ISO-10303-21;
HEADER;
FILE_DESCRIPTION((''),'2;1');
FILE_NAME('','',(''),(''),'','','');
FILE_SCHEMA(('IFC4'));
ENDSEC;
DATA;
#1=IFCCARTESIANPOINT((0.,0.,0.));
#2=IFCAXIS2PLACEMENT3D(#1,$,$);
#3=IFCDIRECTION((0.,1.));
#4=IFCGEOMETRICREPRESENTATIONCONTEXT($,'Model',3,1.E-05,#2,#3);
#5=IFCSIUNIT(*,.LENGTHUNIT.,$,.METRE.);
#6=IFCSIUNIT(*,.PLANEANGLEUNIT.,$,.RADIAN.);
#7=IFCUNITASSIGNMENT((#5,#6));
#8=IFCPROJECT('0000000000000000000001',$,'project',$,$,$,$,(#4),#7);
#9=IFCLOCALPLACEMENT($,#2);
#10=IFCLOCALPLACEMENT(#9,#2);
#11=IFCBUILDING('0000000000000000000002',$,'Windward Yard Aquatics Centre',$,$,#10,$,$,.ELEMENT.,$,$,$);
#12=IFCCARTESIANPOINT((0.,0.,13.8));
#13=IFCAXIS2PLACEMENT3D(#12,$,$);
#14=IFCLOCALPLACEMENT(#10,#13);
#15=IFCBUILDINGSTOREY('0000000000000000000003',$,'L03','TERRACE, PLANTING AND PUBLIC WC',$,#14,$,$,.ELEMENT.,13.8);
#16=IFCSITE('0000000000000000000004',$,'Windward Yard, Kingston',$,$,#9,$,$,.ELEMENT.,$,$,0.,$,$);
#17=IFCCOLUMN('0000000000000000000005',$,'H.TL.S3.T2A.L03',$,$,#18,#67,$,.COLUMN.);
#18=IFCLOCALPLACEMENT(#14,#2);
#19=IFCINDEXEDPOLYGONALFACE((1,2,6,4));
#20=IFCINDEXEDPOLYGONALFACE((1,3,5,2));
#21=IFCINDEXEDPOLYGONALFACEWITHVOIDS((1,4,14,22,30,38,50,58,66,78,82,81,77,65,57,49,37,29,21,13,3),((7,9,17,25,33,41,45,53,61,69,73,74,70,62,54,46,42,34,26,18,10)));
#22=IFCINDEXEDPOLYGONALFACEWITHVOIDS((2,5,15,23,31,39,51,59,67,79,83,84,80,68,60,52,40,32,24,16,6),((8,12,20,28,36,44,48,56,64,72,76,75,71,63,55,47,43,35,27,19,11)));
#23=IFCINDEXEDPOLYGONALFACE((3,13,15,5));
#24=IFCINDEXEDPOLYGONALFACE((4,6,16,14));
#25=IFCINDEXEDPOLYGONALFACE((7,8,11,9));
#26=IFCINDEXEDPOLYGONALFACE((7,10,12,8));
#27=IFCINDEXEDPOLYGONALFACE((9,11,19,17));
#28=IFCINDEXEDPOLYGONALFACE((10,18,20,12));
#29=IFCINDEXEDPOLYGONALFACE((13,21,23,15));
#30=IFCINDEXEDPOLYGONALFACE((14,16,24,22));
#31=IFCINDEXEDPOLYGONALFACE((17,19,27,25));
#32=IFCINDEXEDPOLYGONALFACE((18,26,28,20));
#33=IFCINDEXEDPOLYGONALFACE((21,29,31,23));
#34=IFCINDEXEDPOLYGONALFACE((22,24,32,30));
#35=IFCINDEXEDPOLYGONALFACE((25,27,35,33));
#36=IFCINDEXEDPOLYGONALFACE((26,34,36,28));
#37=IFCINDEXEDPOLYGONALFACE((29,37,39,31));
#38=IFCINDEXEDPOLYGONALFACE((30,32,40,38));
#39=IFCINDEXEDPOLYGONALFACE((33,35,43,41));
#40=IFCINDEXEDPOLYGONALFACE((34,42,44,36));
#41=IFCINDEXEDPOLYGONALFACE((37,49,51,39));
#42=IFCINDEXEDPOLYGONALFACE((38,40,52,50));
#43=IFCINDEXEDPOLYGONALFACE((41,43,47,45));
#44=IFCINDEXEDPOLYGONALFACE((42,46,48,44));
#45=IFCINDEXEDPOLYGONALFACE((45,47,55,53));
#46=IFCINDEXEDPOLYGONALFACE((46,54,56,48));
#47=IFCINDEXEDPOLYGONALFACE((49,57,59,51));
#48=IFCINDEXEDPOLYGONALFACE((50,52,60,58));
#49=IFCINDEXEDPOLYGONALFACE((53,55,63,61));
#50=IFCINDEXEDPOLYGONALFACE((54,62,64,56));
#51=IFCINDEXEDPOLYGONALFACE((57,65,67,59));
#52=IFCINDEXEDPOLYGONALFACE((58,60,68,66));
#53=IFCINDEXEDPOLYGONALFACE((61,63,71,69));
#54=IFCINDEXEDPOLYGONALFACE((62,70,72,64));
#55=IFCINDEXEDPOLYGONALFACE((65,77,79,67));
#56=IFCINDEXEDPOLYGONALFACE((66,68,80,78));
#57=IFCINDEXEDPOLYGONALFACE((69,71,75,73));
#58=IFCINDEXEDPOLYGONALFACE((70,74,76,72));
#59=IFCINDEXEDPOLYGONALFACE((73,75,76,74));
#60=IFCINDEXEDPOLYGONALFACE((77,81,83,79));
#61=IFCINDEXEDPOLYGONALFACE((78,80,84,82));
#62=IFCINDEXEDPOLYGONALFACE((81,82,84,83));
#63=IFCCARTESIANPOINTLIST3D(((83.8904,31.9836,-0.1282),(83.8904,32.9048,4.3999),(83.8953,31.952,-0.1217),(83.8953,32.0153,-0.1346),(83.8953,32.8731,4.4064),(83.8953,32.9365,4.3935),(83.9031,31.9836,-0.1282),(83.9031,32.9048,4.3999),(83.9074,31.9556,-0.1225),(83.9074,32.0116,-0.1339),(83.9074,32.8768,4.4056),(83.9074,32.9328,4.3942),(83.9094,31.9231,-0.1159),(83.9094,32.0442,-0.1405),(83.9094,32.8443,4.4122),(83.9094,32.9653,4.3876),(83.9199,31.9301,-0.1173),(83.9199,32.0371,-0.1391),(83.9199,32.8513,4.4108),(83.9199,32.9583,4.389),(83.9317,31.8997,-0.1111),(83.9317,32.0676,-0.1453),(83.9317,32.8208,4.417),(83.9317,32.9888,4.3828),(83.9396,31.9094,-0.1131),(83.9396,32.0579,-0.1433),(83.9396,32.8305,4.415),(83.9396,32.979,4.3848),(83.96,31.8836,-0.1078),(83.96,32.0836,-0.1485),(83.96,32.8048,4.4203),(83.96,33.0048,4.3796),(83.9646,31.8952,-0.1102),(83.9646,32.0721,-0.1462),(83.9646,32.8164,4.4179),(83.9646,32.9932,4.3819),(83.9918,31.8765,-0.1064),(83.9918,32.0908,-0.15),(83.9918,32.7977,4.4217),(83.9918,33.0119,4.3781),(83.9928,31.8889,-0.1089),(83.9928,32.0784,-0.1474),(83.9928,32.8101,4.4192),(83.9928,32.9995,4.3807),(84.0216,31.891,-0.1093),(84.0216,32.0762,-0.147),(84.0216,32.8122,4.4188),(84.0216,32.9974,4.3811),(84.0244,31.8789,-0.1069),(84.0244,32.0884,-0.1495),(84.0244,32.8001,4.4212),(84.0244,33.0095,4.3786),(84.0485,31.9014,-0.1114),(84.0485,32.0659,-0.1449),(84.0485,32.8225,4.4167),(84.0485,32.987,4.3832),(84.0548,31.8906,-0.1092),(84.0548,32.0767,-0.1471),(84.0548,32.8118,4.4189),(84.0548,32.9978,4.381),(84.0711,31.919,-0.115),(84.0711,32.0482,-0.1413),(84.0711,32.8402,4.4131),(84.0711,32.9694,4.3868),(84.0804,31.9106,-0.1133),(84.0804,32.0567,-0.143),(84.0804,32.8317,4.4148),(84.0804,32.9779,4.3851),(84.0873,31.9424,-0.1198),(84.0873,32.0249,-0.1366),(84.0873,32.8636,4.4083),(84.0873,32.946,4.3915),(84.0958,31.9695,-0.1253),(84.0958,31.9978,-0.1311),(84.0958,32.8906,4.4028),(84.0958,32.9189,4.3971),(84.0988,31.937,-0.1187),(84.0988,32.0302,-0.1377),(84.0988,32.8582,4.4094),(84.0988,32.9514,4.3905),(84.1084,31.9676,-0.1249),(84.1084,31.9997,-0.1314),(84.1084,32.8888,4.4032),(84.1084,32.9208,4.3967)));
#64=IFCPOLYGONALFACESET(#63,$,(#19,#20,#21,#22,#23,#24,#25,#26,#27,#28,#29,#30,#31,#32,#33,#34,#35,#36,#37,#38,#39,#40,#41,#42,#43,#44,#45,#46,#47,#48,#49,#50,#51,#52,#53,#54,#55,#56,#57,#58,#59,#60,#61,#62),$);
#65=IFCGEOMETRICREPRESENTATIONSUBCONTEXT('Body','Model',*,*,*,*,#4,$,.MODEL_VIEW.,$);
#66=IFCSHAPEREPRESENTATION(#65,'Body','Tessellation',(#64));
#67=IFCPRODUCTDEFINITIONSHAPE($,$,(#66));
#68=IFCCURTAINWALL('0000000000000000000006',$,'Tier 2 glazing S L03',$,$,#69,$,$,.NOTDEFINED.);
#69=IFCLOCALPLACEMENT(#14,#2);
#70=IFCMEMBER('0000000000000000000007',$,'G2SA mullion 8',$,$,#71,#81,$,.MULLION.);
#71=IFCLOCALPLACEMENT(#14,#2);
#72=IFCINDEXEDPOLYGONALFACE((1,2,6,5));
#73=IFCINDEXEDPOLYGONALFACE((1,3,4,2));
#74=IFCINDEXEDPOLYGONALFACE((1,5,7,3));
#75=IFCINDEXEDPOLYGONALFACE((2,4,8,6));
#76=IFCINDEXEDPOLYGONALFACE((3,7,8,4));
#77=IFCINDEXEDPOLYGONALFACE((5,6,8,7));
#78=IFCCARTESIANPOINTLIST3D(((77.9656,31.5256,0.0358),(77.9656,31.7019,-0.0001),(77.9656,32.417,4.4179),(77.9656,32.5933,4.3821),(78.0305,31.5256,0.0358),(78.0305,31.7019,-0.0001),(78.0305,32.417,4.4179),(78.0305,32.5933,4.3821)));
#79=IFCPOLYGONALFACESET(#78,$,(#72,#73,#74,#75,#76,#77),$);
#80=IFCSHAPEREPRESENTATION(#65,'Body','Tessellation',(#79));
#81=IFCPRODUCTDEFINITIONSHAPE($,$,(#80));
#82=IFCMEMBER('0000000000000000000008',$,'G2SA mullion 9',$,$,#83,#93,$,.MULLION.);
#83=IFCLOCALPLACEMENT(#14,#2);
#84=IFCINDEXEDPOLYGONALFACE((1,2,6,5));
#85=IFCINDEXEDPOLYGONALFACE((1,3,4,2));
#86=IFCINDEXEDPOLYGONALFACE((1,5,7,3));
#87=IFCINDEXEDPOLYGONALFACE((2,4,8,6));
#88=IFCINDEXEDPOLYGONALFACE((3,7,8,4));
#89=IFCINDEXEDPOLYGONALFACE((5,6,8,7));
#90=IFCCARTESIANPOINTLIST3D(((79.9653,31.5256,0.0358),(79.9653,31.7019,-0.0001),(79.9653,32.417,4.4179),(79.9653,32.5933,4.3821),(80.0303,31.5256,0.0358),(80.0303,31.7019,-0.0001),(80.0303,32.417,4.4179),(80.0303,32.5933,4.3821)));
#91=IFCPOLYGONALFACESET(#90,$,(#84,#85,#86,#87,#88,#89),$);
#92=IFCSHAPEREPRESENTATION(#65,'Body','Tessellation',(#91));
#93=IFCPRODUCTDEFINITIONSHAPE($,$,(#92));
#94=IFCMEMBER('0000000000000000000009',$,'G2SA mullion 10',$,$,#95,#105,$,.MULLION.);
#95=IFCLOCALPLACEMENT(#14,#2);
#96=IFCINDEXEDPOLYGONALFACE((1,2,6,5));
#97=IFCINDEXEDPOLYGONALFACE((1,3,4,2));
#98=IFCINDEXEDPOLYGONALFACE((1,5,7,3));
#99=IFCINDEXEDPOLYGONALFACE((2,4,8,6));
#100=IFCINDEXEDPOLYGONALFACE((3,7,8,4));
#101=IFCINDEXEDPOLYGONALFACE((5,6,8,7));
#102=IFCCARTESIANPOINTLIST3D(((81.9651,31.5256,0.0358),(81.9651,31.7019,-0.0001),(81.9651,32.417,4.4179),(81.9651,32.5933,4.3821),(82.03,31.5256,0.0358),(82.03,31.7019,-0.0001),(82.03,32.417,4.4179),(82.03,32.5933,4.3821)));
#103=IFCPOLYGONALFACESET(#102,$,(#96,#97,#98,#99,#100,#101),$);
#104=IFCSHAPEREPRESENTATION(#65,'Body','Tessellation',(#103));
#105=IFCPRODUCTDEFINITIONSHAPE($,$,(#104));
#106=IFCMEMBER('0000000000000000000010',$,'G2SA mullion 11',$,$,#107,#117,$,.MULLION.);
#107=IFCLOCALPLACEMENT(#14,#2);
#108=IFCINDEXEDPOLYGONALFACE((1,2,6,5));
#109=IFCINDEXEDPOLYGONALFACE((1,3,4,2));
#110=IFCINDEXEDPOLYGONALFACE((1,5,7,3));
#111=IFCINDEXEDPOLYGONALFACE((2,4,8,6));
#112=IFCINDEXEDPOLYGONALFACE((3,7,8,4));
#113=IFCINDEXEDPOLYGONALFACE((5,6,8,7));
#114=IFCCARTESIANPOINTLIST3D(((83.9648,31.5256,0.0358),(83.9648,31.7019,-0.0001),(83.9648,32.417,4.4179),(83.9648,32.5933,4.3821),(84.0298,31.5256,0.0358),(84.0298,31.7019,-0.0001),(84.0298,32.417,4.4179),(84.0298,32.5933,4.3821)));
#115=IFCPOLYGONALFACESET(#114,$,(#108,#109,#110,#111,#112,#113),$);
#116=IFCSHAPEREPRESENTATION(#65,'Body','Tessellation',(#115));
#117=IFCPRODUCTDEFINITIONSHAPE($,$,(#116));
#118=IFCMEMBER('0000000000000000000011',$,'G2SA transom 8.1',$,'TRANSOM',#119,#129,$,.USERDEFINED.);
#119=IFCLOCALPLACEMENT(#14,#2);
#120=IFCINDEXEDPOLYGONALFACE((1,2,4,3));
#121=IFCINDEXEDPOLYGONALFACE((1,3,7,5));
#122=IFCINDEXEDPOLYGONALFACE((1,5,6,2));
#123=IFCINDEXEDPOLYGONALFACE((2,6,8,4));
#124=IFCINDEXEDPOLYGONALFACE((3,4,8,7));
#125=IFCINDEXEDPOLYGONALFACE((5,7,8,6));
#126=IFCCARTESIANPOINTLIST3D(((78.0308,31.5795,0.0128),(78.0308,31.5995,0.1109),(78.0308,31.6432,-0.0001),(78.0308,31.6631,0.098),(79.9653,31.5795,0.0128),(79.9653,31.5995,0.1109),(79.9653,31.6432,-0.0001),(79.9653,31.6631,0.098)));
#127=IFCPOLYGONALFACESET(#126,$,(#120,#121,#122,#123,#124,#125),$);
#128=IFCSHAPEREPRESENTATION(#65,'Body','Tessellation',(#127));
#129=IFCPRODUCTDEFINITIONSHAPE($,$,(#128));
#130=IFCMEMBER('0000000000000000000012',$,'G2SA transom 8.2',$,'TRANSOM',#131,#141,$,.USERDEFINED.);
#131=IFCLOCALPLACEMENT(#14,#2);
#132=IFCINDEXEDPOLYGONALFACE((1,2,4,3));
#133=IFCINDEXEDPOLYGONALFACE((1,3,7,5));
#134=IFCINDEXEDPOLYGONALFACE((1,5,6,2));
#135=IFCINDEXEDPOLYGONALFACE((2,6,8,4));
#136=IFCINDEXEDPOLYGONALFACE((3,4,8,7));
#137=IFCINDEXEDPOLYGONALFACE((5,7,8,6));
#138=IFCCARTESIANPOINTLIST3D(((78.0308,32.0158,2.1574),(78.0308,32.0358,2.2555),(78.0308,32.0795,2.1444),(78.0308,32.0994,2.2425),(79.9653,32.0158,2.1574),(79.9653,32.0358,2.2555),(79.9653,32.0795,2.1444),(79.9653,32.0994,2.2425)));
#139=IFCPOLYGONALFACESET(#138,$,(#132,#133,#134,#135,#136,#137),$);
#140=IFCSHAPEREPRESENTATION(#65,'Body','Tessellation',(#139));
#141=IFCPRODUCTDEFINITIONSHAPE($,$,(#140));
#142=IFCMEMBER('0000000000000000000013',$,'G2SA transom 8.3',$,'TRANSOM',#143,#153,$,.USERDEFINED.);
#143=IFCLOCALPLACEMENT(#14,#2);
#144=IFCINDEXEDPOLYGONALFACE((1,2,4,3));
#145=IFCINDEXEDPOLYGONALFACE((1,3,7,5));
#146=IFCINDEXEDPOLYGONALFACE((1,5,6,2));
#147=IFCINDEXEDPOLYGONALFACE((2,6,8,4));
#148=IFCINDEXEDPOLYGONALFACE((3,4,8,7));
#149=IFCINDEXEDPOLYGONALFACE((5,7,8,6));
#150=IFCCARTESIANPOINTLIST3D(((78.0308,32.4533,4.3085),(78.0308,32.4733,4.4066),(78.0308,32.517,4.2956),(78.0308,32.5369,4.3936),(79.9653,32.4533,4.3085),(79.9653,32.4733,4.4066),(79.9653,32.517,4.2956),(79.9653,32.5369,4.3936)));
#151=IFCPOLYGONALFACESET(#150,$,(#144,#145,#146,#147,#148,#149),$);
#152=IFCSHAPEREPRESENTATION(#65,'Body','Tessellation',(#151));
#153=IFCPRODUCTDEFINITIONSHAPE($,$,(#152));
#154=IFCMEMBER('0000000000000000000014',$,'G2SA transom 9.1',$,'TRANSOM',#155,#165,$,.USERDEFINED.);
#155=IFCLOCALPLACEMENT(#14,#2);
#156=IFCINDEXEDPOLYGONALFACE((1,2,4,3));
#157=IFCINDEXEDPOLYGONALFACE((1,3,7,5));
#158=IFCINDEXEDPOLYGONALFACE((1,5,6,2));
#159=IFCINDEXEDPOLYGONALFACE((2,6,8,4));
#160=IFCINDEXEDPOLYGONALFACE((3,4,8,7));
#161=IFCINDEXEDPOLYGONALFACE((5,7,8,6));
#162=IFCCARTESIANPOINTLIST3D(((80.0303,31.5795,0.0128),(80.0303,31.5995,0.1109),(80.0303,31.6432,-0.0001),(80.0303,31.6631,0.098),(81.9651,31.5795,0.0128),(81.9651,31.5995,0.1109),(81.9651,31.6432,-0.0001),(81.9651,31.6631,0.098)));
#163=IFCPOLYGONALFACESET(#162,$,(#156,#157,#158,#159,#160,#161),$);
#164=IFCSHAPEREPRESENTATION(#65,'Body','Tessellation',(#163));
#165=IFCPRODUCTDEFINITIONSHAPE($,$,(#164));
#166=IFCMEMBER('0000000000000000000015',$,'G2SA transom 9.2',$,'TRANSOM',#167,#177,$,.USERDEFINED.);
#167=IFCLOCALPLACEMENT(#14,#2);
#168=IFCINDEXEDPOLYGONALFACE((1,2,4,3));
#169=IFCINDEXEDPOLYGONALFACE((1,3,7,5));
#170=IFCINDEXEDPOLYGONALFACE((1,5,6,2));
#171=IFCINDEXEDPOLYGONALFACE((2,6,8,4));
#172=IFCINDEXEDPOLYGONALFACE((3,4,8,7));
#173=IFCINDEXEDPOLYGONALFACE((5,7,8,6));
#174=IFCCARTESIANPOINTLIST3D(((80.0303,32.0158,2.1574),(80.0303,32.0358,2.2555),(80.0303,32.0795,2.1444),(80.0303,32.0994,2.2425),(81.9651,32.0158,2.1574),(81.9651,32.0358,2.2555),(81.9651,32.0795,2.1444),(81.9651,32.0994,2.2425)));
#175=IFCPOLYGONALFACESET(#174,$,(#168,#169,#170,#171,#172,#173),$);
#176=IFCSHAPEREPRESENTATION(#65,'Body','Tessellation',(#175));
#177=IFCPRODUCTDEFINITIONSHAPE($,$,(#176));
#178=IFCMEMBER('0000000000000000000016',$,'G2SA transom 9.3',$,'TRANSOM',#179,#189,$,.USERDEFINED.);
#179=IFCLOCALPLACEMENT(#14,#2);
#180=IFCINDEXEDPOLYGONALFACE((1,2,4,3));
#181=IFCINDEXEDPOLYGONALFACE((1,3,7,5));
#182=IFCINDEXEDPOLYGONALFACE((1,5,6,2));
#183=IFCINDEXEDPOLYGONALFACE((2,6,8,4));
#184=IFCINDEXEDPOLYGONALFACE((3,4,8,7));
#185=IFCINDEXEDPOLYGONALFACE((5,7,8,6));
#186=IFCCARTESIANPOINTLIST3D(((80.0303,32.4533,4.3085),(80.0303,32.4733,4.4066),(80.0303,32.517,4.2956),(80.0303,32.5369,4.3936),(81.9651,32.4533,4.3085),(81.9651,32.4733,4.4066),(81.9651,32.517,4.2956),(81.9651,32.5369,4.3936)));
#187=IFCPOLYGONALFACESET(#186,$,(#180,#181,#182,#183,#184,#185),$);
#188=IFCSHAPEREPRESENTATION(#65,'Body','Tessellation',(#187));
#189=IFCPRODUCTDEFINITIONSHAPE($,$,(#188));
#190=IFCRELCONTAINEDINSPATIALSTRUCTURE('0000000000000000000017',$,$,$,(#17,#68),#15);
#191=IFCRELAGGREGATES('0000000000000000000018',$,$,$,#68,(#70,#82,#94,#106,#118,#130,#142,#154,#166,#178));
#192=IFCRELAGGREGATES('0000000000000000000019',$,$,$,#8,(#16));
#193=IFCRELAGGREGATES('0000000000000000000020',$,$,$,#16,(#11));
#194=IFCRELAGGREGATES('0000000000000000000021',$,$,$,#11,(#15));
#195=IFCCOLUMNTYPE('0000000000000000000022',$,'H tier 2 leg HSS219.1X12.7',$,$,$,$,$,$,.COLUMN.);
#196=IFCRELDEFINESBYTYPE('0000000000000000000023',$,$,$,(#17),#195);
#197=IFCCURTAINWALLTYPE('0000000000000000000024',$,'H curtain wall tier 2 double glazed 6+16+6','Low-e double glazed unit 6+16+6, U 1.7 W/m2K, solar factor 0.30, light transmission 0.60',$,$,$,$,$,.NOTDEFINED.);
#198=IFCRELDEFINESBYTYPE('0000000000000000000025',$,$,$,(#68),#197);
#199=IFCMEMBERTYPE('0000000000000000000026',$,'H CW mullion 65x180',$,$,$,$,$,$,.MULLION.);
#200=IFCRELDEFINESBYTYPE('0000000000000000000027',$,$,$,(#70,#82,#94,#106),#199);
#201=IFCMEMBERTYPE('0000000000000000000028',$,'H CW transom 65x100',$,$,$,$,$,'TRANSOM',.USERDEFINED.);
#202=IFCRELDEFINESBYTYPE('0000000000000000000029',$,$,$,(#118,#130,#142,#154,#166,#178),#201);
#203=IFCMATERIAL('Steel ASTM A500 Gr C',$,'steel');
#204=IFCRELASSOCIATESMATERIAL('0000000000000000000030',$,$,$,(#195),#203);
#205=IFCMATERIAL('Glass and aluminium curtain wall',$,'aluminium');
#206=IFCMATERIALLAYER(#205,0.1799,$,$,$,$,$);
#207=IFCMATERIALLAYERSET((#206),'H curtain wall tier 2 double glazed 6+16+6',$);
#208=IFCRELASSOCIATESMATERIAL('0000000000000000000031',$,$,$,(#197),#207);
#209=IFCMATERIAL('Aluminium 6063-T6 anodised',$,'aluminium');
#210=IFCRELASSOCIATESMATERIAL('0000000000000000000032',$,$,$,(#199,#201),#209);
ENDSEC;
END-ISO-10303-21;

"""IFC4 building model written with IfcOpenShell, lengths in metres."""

from ifc_helpers import new_model, si_unit, direction, frame, origin, origin_2d, place, context, subcontext, project, spatial, rectangle, hollow_circle, extrude, material, layer, layer_set, material_profile, profile_set, type_object, element, aggregate, save


model = new_model("IFC4")

# Units and contexts
model_context = context("Model", 3, precision=1e-05, world=origin(), true_north=direction((0.0, 1.0)))
body_context = subcontext(model_context, "Body", "Model", "MODEL_VIEW")
ifc_project = project(units=[si_unit("LENGTHUNIT", "METRE"), si_unit("PLANEANGLEUNIT", "RADIAN")], contexts=[model_context])

# Site, building, storey
site_placement = place(None, origin())
site = spatial("IfcSite", under=ifc_project, at=site_placement, Name="Windward Yard, Kingston", CompositionType="ELEMENT", RefElevation=0.0)
building_placement = place(site_placement, origin())
building = spatial("IfcBuilding", under=site, at=building_placement, Name="Windward Yard Aquatics Centre", CompositionType="ELEMENT")
storey_placement = place(building_placement, frame((0.0, 0.0, 13.8)))
storey = spatial("IfcBuildingStorey", under=building, at=storey_placement, Name="L03", Description="TERRACE, PLANTING AND PUBLIC WC", CompositionType="ELEMENT", Elevation=13.8)

# Column
ifc_material_1 = material(Name="Steel ASTM A500 Gr C", Category="steel")
ifc_material_profile_1 = material_profile(ifc_material_1, hollow_circle(Radius=0.1096, WallThickness=0.0127, at=origin_2d()), Name="HSS219.1X12.7")
ifc_profile_set_1 = profile_set([ifc_material_profile_1], Name="Steel ASTM A500 Gr C")
column_type = type_object("IfcColumnType", Name="H tier 2 leg HSS219.1X12.7", PredefinedType="COLUMN", material=ifc_profile_set_1)
column_placement = place(storey_placement, frame((84.0, 31.9836, -0.1282), z_axis=(0.0, 0.199346, 0.979929), x_axis=(-1.0, 0.0, 0.0)))
element("IfcColumn", 1, at=column_placement, inside=storey, type_object=column_type, Name="H.TL.S3.T2A.L03", PredefinedType="COLUMN", context=body_context, shape_type="SweptSolid", body=[
    extrude(hollow_circle(Radius=0.1096, WallThickness=0.0127, at=origin_2d()), origin(), (0.0, 0.0, 1.0), 4.6208),
])

# Curtain wall, members
ifc_material_2 = material(Name="Glass and aluminium curtain wall", Category="aluminium")
ifc_layer_1 = layer(ifc_material_2, 0.1799)
ifc_layer_set_1 = layer_set([ifc_layer_1], Name="H curtain wall tier 2 double glazed 6+16+6")
curtain_wall_type = type_object("IfcCurtainWallType", Name="H curtain wall tier 2 double glazed 6+16+6", Description="Low-e double glazed unit 6+16+6, U 1.7 W/m2K, solar factor 0.30, light transmission 0.60", PredefinedType="NOTDEFINED", material=ifc_layer_set_1)
curtain_wall_placement = place(storey_placement, origin())
curtain_wall = element("IfcCurtainWall", 2, at=curtain_wall_placement, inside=storey, type_object=curtain_wall_type, Name="Tier 2 glazing S L03", PredefinedType="NOTDEFINED")
ifc_material_3 = material(Name="Aluminium 6063-T6 anodised", Category="aluminium")
ifc_material_profile_2 = material_profile(ifc_material_3, rectangle(XDim=0.0649, YDim=0.1799, at=origin_2d()), Name="H CW mullion 65x180")
ifc_profile_set_2 = profile_set([ifc_material_profile_2], Name="Aluminium 6063-T6 anodised")
member_type_1 = type_object("IfcMemberType", Name="H CW mullion 65x180", PredefinedType="MULLION", material=ifc_profile_set_2)
member_1_placement = place(storey_placement, frame((77.998, 31.6138, 0.0178), z_axis=(0.0, 0.199328, 0.979933), x_axis=(-1.0, 0.0, 0.0)))
member_1 = element("IfcMember", 3, at=member_1_placement, type_object=member_type_1, Name="G2SA mullion 8", PredefinedType="MULLION", context=body_context, shape_type="SweptSolid", body=[
    extrude(rectangle(XDim=0.0649, YDim=0.1799, at=origin_2d()), origin(), (0.0, 0.0, 1.0), 4.4719),
])
member_2_placement = place(storey_placement, frame((79.9978, 31.6138, 0.0178), z_axis=(0.0, 0.199328, 0.979933), x_axis=(-1.0, 0.0, 0.0)))
member_2 = element("IfcMember", 4, at=member_2_placement, type_object=member_type_1, Name="G2SA mullion 9", PredefinedType="MULLION", context=body_context, shape_type="SweptSolid", body=[
    extrude(rectangle(XDim=0.0649, YDim=0.1799, at=origin_2d()), origin(), (0.0, 0.0, 1.0), 4.4719),
])
member_3_placement = place(storey_placement, frame((81.9976, 31.6138, 0.0178), z_axis=(0.0, 0.199328, 0.979933), x_axis=(-1.0, 0.0, 0.0)))
member_3 = element("IfcMember", 5, at=member_3_placement, type_object=member_type_1, Name="G2SA mullion 10", PredefinedType="MULLION", context=body_context, shape_type="SweptSolid", body=[
    extrude(rectangle(XDim=0.0649, YDim=0.1799, at=origin_2d()), origin(), (0.0, 0.0, 1.0), 4.4719),
])
member_4_placement = place(storey_placement, frame((83.9973, 31.6138, 0.0178), z_axis=(0.0, 0.199328, 0.979933), x_axis=(-1.0, 0.0, 0.0)))
member_4 = element("IfcMember", 6, at=member_4_placement, type_object=member_type_1, Name="G2SA mullion 11", PredefinedType="MULLION", context=body_context, shape_type="SweptSolid", body=[
    extrude(rectangle(XDim=0.0649, YDim=0.1799, at=origin_2d()), origin(), (0.0, 0.0, 1.0), 4.4719),
])
ifc_material_profile_3 = material_profile(ifc_material_3, rectangle(XDim=0.0649, YDim=0.1001, at=origin_2d()), Name="H CW transom 65x100")
ifc_profile_set_3 = profile_set([ifc_material_profile_3], Name="Aluminium 6063-T6 anodised")
member_type_2 = type_object("IfcMemberType", Name="H CW transom 65x100", ElementType="TRANSOM", PredefinedType="USERDEFINED", material=ifc_profile_set_3)
member_5_placement = place(storey_placement, frame((78.0308, 31.6213, 0.0554), z_axis=(1.0, 0.0, 0.0), x_axis=(0.0, -0.979925, 0.199368)))
member_5 = element("IfcMember", 7, at=member_5_placement, type_object=member_type_2, Name="G2SA transom 8.1", ObjectType="TRANSOM", PredefinedType="USERDEFINED", context=body_context, shape_type="SweptSolid", body=[
    extrude(rectangle(XDim=0.0649, YDim=0.1001, at=origin_2d()), origin(), (0.0, 0.0, 1.0), 1.9346),
])
member_6_placement = place(storey_placement, frame((78.0308, 32.0576, 2.2), z_axis=(1.0, 0.0, 0.0), x_axis=(0.0, -0.979925, 0.199368)))
member_6 = element("IfcMember", 8, at=member_6_placement, type_object=member_type_2, Name="G2SA transom 8.2", ObjectType="TRANSOM", PredefinedType="USERDEFINED", context=body_context, shape_type="SweptSolid", body=[
    extrude(rectangle(XDim=0.0649, YDim=0.1001, at=origin_2d()), origin(), (0.0, 0.0, 1.0), 1.9346),
])
member_7_placement = place(storey_placement, frame((78.0308, 32.4951, 4.3511), z_axis=(1.0, 0.0, 0.0), x_axis=(0.0, -0.979925, 0.199368)))
member_7 = element("IfcMember", 9, at=member_7_placement, type_object=member_type_2, Name="G2SA transom 8.3", ObjectType="TRANSOM", PredefinedType="USERDEFINED", context=body_context, shape_type="SweptSolid", body=[
    extrude(rectangle(XDim=0.0649, YDim=0.1001, at=origin_2d()), origin(), (0.0, 0.0, 1.0), 1.9346),
])
member_8_placement = place(storey_placement, frame((80.0303, 31.6213, 0.0554), z_axis=(1.0, 0.0, 0.0), x_axis=(0.0, -0.979925, 0.199368)))
member_8 = element("IfcMember", 10, at=member_8_placement, type_object=member_type_2, Name="G2SA transom 9.1", ObjectType="TRANSOM", PredefinedType="USERDEFINED", context=body_context, shape_type="SweptSolid", body=[
    extrude(rectangle(XDim=0.0649, YDim=0.1001, at=origin_2d()), origin(), (0.0, 0.0, 1.0), 1.9348),
])
member_9_placement = place(storey_placement, frame((80.0303, 32.0576, 2.2), z_axis=(1.0, 0.0, 0.0), x_axis=(0.0, -0.979925, 0.199368)))
member_9 = element("IfcMember", 11, at=member_9_placement, type_object=member_type_2, Name="G2SA transom 9.2", ObjectType="TRANSOM", PredefinedType="USERDEFINED", context=body_context, shape_type="SweptSolid", body=[
    extrude(rectangle(XDim=0.0649, YDim=0.1001, at=origin_2d()), origin(), (0.0, 0.0, 1.0), 1.9348),
])
member_10_placement = place(storey_placement, frame((80.0303, 32.4951, 4.3511), z_axis=(1.0, 0.0, 0.0), x_axis=(0.0, -0.979925, 0.199368)))
member_10 = element("IfcMember", 12, at=member_10_placement, type_object=member_type_2, Name="G2SA transom 9.3", ObjectType="TRANSOM", PredefinedType="USERDEFINED", context=body_context, shape_type="SweptSolid", body=[
    extrude(rectangle(XDim=0.0649, YDim=0.1001, at=origin_2d()), origin(), (0.0, 0.0, 1.0), 1.9348),
])

aggregate(curtain_wall, [member_1, member_2, member_3, member_4, member_5, member_6, member_7, member_8, member_9, member_10])

save(model, "model.ifc")
